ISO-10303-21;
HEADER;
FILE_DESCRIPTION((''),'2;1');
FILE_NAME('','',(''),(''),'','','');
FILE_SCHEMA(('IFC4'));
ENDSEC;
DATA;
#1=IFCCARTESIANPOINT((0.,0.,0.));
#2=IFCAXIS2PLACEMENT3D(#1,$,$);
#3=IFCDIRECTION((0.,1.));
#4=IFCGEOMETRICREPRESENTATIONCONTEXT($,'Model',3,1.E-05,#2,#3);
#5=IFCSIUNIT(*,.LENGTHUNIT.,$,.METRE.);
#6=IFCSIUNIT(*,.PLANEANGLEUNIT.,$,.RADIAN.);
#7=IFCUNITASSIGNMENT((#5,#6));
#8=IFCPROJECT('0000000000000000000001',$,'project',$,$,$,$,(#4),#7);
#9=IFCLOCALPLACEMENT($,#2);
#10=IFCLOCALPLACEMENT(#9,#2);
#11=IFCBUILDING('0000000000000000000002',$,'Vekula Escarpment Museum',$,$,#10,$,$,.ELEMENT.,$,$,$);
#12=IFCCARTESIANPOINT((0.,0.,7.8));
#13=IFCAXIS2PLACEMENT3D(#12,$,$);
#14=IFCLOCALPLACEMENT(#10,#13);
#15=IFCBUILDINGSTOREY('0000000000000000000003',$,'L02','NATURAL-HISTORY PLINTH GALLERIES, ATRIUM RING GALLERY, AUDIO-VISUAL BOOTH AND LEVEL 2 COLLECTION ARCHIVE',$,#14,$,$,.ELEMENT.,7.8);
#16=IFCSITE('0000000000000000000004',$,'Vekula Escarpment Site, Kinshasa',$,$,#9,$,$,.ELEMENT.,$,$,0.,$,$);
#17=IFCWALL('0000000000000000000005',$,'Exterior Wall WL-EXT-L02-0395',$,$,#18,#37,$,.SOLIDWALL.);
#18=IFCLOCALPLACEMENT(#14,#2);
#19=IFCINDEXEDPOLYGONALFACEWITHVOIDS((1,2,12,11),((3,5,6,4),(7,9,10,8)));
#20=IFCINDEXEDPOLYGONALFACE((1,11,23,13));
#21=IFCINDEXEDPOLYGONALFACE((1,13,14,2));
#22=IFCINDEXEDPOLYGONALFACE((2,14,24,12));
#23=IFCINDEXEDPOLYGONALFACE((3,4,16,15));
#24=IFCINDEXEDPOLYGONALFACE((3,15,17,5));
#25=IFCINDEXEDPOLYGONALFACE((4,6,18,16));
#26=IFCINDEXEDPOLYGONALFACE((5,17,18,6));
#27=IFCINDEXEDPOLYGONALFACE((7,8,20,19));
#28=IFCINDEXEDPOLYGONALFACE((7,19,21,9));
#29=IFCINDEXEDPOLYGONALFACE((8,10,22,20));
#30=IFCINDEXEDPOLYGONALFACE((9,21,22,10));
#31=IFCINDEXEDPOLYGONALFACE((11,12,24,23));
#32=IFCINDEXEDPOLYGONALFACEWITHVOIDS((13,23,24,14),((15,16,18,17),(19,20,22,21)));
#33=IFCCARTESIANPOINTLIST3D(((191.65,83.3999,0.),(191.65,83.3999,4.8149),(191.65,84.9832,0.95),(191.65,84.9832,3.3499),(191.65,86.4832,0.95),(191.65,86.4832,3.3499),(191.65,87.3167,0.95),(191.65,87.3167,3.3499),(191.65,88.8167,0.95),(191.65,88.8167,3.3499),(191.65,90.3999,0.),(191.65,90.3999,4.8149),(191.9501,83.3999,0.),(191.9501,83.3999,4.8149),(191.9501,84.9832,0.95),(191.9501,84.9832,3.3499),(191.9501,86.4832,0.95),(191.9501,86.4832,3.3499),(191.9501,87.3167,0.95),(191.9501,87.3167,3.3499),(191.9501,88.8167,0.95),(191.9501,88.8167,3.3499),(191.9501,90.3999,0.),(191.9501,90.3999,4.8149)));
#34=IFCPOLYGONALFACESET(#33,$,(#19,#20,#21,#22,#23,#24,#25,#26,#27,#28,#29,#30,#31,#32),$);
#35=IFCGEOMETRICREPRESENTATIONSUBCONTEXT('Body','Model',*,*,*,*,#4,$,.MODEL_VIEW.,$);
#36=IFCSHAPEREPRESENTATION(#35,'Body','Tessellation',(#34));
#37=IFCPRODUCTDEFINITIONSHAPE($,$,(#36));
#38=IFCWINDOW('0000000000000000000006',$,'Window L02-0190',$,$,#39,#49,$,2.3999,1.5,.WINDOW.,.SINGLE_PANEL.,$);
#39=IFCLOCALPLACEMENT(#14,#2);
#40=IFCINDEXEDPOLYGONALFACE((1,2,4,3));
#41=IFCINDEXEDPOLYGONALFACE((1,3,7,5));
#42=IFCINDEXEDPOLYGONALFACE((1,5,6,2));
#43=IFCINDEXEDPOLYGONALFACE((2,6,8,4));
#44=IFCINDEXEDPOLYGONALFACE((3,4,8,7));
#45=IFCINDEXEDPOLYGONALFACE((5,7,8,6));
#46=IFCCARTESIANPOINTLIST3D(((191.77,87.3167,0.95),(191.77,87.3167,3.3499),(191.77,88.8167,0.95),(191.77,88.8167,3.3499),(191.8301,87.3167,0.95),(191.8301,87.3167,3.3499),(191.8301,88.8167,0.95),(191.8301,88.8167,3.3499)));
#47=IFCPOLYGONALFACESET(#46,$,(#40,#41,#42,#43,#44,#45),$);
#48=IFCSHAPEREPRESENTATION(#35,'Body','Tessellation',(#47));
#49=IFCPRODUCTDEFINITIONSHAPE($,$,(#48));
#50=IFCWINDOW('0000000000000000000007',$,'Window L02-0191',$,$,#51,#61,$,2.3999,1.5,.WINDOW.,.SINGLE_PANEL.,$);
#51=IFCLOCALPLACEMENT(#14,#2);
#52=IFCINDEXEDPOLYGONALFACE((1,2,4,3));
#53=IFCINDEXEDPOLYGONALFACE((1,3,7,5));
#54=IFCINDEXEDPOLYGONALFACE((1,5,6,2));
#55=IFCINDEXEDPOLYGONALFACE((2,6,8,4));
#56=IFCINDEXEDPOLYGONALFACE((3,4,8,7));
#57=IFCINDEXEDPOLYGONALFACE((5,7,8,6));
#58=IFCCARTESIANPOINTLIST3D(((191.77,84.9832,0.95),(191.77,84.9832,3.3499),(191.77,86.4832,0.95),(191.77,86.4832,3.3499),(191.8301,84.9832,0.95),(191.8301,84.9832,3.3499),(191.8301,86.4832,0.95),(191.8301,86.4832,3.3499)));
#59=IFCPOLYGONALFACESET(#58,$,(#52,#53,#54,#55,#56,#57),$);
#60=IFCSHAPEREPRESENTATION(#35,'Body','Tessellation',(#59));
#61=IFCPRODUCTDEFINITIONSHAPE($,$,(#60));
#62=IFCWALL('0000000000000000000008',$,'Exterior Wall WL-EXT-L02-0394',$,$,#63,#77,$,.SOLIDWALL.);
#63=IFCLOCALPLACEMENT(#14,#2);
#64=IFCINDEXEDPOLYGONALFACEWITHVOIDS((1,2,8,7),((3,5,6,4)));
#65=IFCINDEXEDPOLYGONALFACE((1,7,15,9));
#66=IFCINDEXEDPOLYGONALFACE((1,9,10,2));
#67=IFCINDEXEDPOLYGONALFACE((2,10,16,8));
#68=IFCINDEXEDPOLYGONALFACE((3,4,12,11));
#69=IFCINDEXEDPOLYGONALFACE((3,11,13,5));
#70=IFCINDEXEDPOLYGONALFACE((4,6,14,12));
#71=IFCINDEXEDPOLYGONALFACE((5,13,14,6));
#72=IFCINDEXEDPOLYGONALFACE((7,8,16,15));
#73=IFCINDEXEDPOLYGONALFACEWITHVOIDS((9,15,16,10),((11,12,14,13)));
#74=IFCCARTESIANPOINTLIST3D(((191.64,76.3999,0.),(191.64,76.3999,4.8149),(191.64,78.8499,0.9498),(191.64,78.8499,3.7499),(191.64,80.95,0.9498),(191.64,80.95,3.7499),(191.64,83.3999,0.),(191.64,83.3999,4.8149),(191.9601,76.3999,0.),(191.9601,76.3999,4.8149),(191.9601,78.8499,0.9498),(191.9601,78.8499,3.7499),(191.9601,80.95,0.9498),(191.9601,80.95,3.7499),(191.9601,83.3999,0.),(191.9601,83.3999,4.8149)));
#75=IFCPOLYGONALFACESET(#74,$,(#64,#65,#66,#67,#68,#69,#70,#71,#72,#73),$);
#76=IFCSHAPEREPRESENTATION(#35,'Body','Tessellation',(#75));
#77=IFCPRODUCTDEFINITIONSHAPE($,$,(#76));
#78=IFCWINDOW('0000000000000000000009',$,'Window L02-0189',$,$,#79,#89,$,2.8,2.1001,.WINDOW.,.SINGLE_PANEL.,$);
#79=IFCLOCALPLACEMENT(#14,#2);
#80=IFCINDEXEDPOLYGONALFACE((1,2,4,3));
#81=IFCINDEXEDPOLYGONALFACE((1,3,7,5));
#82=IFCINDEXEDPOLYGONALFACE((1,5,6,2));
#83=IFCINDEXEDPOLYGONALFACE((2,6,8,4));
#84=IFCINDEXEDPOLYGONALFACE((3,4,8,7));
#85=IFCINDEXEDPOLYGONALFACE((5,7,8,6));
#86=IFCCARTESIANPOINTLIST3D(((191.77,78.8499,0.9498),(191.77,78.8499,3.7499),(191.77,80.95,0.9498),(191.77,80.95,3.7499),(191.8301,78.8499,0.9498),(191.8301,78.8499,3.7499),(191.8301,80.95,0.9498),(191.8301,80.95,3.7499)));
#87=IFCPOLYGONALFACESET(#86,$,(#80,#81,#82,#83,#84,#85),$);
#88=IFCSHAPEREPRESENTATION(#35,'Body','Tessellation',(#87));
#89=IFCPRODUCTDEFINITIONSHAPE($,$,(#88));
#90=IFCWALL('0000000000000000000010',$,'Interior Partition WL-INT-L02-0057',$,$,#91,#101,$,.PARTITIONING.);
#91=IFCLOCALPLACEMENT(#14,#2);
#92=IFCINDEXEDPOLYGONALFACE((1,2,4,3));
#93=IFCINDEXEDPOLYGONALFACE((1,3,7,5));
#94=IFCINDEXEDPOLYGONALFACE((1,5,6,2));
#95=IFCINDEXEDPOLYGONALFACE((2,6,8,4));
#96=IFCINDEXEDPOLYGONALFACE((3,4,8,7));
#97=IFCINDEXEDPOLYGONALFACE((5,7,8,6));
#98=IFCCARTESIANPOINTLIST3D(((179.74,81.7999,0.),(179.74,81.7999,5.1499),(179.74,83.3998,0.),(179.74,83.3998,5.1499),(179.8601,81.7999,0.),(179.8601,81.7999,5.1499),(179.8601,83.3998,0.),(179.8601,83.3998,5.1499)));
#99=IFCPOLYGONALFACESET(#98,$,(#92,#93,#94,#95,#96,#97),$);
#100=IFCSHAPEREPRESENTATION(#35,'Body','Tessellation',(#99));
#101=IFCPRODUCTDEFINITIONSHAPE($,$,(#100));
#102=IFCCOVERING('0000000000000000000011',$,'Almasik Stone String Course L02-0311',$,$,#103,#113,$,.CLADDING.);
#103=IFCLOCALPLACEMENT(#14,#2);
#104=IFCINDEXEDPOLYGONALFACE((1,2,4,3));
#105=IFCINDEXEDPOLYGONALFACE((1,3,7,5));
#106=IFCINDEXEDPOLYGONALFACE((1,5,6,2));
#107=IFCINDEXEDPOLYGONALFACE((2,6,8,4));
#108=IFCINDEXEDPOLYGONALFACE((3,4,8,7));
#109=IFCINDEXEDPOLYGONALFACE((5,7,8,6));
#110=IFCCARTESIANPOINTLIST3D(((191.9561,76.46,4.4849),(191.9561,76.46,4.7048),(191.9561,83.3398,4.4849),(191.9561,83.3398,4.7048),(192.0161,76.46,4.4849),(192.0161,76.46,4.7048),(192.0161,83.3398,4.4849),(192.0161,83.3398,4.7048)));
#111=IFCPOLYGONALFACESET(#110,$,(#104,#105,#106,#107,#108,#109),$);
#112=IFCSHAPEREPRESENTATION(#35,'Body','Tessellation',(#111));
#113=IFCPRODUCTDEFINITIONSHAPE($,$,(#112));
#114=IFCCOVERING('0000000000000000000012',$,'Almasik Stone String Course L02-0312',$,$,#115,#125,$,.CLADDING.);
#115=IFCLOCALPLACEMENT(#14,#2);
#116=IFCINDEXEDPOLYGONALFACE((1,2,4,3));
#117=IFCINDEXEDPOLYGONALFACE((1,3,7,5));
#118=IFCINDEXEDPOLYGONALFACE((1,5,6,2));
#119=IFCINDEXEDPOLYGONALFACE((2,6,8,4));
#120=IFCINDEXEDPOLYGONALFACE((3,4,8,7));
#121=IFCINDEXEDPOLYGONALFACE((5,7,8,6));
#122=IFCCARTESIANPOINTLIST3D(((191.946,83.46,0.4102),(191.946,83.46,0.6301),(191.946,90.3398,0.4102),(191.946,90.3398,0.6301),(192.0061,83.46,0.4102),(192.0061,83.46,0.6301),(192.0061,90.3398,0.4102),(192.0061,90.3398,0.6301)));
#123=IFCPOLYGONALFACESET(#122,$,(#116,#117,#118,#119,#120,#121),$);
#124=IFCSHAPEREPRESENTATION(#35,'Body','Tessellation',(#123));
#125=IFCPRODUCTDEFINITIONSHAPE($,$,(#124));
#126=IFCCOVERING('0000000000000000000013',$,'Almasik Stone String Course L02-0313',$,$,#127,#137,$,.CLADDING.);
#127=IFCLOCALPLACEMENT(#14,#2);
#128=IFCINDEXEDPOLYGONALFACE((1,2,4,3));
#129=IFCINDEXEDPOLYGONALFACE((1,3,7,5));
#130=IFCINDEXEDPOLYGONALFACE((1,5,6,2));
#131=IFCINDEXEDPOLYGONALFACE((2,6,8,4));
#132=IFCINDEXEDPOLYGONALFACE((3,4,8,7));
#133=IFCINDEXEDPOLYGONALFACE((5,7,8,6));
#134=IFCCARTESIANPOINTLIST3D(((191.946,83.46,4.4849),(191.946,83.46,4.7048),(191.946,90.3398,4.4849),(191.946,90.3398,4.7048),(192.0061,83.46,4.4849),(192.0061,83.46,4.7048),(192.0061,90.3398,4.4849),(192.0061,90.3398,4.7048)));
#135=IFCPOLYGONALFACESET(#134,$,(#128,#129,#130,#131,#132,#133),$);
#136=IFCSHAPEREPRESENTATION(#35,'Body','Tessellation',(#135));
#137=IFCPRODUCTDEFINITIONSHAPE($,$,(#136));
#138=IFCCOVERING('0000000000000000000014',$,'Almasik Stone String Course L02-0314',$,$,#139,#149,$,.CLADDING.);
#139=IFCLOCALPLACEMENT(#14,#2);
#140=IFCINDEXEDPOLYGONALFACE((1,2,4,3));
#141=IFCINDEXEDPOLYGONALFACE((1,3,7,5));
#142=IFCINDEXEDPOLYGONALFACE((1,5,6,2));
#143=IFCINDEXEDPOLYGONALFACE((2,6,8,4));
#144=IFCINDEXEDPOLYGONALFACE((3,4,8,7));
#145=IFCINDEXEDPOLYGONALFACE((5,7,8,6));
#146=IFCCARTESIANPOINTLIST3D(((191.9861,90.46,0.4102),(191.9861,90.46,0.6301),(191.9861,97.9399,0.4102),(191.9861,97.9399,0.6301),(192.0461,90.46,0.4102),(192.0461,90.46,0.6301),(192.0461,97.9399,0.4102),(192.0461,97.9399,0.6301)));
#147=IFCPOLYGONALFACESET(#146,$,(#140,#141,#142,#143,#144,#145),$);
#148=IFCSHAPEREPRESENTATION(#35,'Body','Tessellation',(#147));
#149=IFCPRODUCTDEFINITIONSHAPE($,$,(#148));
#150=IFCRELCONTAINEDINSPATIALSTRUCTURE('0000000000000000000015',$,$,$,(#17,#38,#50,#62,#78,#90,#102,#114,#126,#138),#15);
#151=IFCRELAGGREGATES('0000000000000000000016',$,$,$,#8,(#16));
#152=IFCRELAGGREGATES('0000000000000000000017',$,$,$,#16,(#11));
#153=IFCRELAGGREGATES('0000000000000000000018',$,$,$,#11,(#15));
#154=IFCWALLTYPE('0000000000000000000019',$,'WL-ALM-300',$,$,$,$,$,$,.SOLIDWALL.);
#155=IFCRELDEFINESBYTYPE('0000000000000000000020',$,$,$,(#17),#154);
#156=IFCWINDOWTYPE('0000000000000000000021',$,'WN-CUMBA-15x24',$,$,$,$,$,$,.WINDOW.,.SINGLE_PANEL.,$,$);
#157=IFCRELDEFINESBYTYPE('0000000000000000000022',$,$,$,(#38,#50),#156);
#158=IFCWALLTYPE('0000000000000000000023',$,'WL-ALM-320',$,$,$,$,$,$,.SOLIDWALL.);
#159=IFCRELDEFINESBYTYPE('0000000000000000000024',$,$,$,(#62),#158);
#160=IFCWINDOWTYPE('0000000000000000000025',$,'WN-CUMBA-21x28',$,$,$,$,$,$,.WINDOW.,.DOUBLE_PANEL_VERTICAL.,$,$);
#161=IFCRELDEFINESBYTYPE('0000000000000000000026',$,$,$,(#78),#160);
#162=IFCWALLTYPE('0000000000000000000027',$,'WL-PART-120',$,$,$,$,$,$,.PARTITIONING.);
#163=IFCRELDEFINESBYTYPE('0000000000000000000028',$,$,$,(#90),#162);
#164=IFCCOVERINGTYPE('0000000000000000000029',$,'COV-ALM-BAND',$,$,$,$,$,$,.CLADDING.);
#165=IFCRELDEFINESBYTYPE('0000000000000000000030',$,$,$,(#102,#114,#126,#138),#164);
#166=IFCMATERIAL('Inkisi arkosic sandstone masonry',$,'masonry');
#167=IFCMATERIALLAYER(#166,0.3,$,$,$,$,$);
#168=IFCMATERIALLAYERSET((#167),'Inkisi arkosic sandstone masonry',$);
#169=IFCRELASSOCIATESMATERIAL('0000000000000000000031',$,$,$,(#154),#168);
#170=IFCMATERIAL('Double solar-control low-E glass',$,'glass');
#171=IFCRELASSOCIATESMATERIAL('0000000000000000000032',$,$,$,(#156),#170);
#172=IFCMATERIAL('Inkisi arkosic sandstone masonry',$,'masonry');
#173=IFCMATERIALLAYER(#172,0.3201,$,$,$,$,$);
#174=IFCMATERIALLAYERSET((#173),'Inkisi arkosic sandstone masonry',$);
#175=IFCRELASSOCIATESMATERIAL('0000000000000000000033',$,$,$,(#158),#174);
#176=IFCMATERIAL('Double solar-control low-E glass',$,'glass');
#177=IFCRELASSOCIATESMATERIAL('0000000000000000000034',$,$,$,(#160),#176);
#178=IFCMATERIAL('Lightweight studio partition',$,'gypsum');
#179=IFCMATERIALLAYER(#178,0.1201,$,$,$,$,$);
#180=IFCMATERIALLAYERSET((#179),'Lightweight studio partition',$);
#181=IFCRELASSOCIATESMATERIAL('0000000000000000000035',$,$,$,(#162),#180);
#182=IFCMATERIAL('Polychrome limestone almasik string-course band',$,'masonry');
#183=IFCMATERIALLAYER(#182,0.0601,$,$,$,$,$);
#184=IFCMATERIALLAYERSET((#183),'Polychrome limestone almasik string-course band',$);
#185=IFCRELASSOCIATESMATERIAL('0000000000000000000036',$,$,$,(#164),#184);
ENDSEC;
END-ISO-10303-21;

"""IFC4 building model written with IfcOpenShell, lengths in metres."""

from ifc_helpers import new_model, si_unit, direction, frame, frame_2d, origin, origin_2d, place, context, subcontext, project, spatial, rectangle, extrude, material, layer, layer_set, type_object, element, fill, save


model = new_model("IFC4")

# Units and contexts
model_context = context("Model", 3, precision=1e-05, world=origin(), true_north=direction((0.0, 1.0)))
body_context = subcontext(model_context, "Body", "Model", "MODEL_VIEW")
ifc_project = project(units=[si_unit("LENGTHUNIT", "METRE"), si_unit("PLANEANGLEUNIT", "RADIAN")], contexts=[model_context])

# Site, building, storey
site_placement = place(None, origin())
site = spatial("IfcSite", under=ifc_project, at=site_placement, Name="Vekula Escarpment Site, Kinshasa", CompositionType="ELEMENT", RefElevation=0.0)
building_placement = place(site_placement, origin())
building = spatial("IfcBuilding", under=site, at=building_placement, Name="Vekula Escarpment Museum", CompositionType="ELEMENT")
storey_placement = place(building_placement, frame((0.0, 0.0, 7.8)))
storey = spatial("IfcBuildingStorey", under=building, at=storey_placement, Name="L02", Description="NATURAL-HISTORY PLINTH GALLERIES, ATRIUM RING GALLERY, AUDIO-VISUAL BOOTH AND LEVEL 2 COLLECTION ARCHIVE", CompositionType="ELEMENT", Elevation=7.8)

# Wall, openings, windows
ifc_material_1 = material(Name="Inkisi arkosic sandstone masonry", Category="masonry")
ifc_layer_1 = layer(ifc_material_1, 0.3)
ifc_layer_set_1 = layer_set([ifc_layer_1], Name="Inkisi arkosic sandstone masonry")
wall_type_1 = type_object("IfcWallType", Name="WL-ALM-300", PredefinedType="SOLIDWALL", material=ifc_layer_set_1)
wall_1_placement = place(storey_placement, frame((191.8, 90.3999, 0.0), z_axis=(0.0, 0.0, 1.0), x_axis=(0.0, -1.0, 0.0)))
wall_1 = element("IfcWall", 1, at=wall_1_placement, inside=storey, type_object=wall_type_1, Name="Exterior Wall WL-EXT-L02-0395", PredefinedType="SOLIDWALL", context=body_context, shape_type="SweptSolid", body=[
    extrude(rectangle(XDim=7.0, YDim=0.3, at=frame_2d((3.5, 0.0))), origin(), (0.0, 0.0, 1.0), 4.8149),
])
opening_1_placement = place(wall_1_placement, frame((1.5833, 0.0, 0.95)))
opening_1 = element("IfcOpeningElement", 2, at=opening_1_placement, cuts=wall_1, PredefinedType="OPENING", context=body_context, shape_type="SweptSolid", body=[
    extrude(rectangle(XDim=1.5, YDim=2.3999, at=frame_2d((0.75, 1.2))), frame((0.0, 0.1599, 0.0), z_axis=(0.0, -1.0, 0.0), x_axis=(1.0, 0.0, 0.0)), (0.0, 0.0, 1.0), 0.3201),
])
opening_2_placement = place(wall_1_placement, frame((3.9167, 0.0, 0.95)))
opening_2 = element("IfcOpeningElement", 3, at=opening_2_placement, cuts=wall_1, PredefinedType="OPENING", context=body_context, shape_type="SweptSolid", body=[
    extrude(rectangle(XDim=1.5, YDim=2.3999, at=frame_2d((0.75, 1.2))), frame((0.0, 0.1599, 0.0), z_axis=(0.0, -1.0, 0.0), x_axis=(1.0, 0.0, 0.0)), (0.0, 0.0, 1.0), 0.3201),
])
ifc_material_2 = material(Name="Double solar-control low-E glass", Category="glass")
window_type_1 = type_object("IfcWindowType", Name="WN-CUMBA-15x24", PartitioningType="SINGLE_PANEL", PredefinedType="WINDOW", material=ifc_material_2)
window_1_placement = place(opening_1_placement, origin())
window_1 = element("IfcWindow", 4, at=window_1_placement, inside=storey, type_object=window_type_1, Name="Window L02-0190", OverallHeight=2.3999, OverallWidth=1.5, PartitioningType="SINGLE_PANEL", PredefinedType="WINDOW", context=body_context, shape_type="SweptSolid", body=[
    extrude(rectangle(XDim=1.5, YDim=2.3999, at=frame_2d((0.75, 1.2))), frame((0.0, 0.03, 0.0), z_axis=(0.0, -1.0, 0.0), x_axis=(1.0, 0.0, 0.0)), (0.0, 0.0, 1.0), 0.0601),
])
fill(opening_1, window_1)
window_2_placement = place(opening_2_placement, origin())
window_2 = element("IfcWindow", 5, at=window_2_placement, inside=storey, type_object=window_type_1, Name="Window L02-0191", OverallHeight=2.3999, OverallWidth=1.5, PartitioningType="SINGLE_PANEL", PredefinedType="WINDOW", context=body_context, shape_type="SweptSolid", body=[
    extrude(rectangle(XDim=1.5, YDim=2.3999, at=frame_2d((0.75, 1.2))), frame((0.0, 0.03, 0.0), z_axis=(0.0, -1.0, 0.0), x_axis=(1.0, 0.0, 0.0)), (0.0, 0.0, 1.0), 0.0601),
])
fill(opening_2, window_2)

# Wall, opening, window
ifc_material_3 = material(Name="Inkisi arkosic sandstone masonry", Category="masonry")
ifc_layer_2 = layer(ifc_material_3, 0.3201)
ifc_layer_set_2 = layer_set([ifc_layer_2], Name="Inkisi arkosic sandstone masonry")
wall_type_2 = type_object("IfcWallType", Name="WL-ALM-320", PredefinedType="SOLIDWALL", material=ifc_layer_set_2)
wall_2_placement = place(storey_placement, frame((191.8, 83.3999, 0.0), z_axis=(0.0, 0.0, 1.0), x_axis=(0.0, -1.0, 0.0)))
wall_2 = element("IfcWall", 6, at=wall_2_placement, inside=storey, type_object=wall_type_2, Name="Exterior Wall WL-EXT-L02-0394", PredefinedType="SOLIDWALL", context=body_context, shape_type="SweptSolid", body=[
    extrude(rectangle(XDim=7.0, YDim=0.3201, at=frame_2d((3.5, 0.0))), origin(), (0.0, 0.0, 1.0), 4.8149),
])
opening_3_placement = place(wall_2_placement, frame((2.45, 0.0, 0.95)))
opening_3 = element("IfcOpeningElement", 7, at=opening_3_placement, cuts=wall_2, PredefinedType="OPENING", context=body_context, shape_type="SweptSolid", body=[
    extrude(rectangle(XDim=2.1001, YDim=2.8, at=frame_2d((1.05, 1.3999))), frame((0.0, 0.1699, 0.0), z_axis=(0.0, -1.0, 0.0), x_axis=(1.0, 0.0, 0.0)), (0.0, 0.0, 1.0), 0.3401),
])
ifc_material_4 = material(Name="Double solar-control low-E glass", Category="glass")
window_type_2 = type_object("IfcWindowType", Name="WN-CUMBA-21x28", PartitioningType="DOUBLE_PANEL_VERTICAL", PredefinedType="WINDOW", material=ifc_material_4)
window_3_placement = place(opening_3_placement, origin())
window_3 = element("IfcWindow", 8, at=window_3_placement, inside=storey, type_object=window_type_2, Name="Window L02-0189", OverallHeight=2.8, OverallWidth=2.1001, PartitioningType="SINGLE_PANEL", PredefinedType="WINDOW", context=body_context, shape_type="SweptSolid", body=[
    extrude(rectangle(XDim=2.1001, YDim=2.8, at=frame_2d((1.05, 1.3999))), frame((0.0, 0.03, 0.0), z_axis=(0.0, -1.0, 0.0), x_axis=(1.0, 0.0, 0.0)), (0.0, 0.0, 1.0), 0.0601),
])
fill(opening_3, window_3)

# Wall
ifc_material_5 = material(Name="Lightweight studio partition", Category="gypsum")
ifc_layer_3 = layer(ifc_material_5, 0.1201)
ifc_layer_set_3 = layer_set([ifc_layer_3], Name="Lightweight studio partition")
wall_type_3 = type_object("IfcWallType", Name="WL-PART-120", PredefinedType="PARTITIONING", material=ifc_layer_set_3)
wall_3_placement = place(storey_placement, frame((179.8, 81.8, 0.0), z_axis=(0.0, 0.0, 1.0), x_axis=(0.0, 1.0, 0.0)))
element("IfcWall", 9, at=wall_3_placement, inside=storey, type_object=wall_type_3, Name="Interior Partition WL-INT-L02-0057", PredefinedType="PARTITIONING", context=body_context, shape_type="SweptSolid", body=[
    extrude(rectangle(XDim=1.5999, YDim=0.1201, at=frame_2d((0.7998, 0.0))), origin(), (0.0, 0.0, 1.0), 5.1499),
])

# Coverings
ifc_material_6 = material(Name="Polychrome limestone almasik string-course band", Category="masonry")
ifc_layer_4 = layer(ifc_material_6, 0.0601)
ifc_layer_set_4 = layer_set([ifc_layer_4], Name="Polychrome limestone almasik string-course band")
covering_type = type_object("IfcCoveringType", Name="COV-ALM-BAND", PredefinedType="CLADDING", material=ifc_layer_set_4)
for number, where, z_axis, x_axis, name in (
    (10, (191.9861, 79.8999, 4.4849), (0.0, 0.0, 1.0), (0.0, 1.0, 0.0), "Almasik Stone String Course L02-0311"),
    (11, (191.9761, 86.8999, 0.4102), (0.0, 0.0, 1.0), (0.0, 1.0, 0.0), "Almasik Stone String Course L02-0312"),
    (12, (191.9761, 86.8999, 4.4849), (0.0, 0.0, 1.0), (0.0, 1.0, 0.0), "Almasik Stone String Course L02-0313"),
):
    element("IfcCovering", number, at=place(storey_placement, frame(where, z_axis=z_axis, x_axis=x_axis)), inside=storey, type_object=covering_type, Name=name, PredefinedType="CLADDING", context=body_context, shape_type="SweptSolid", body=[
        extrude(rectangle(XDim=6.8799, YDim=0.0601, at=origin_2d()), origin(), (0.0, 0.0, 1.0), 0.22),
    ])
covering_placement = place(storey_placement, frame((192.0161, 94.2, 0.4102), z_axis=(0.0, 0.0, 1.0), x_axis=(0.0, 1.0, 0.0)))
element("IfcCovering", 13, at=covering_placement, inside=storey, type_object=covering_type, Name="Almasik Stone String Course L02-0314", PredefinedType="CLADDING", context=body_context, shape_type="SweptSolid", body=[
    extrude(rectangle(XDim=7.48, YDim=0.0601, at=origin_2d()), origin(), (0.0, 0.0, 1.0), 0.22),
])

save(model, "model.ifc")
